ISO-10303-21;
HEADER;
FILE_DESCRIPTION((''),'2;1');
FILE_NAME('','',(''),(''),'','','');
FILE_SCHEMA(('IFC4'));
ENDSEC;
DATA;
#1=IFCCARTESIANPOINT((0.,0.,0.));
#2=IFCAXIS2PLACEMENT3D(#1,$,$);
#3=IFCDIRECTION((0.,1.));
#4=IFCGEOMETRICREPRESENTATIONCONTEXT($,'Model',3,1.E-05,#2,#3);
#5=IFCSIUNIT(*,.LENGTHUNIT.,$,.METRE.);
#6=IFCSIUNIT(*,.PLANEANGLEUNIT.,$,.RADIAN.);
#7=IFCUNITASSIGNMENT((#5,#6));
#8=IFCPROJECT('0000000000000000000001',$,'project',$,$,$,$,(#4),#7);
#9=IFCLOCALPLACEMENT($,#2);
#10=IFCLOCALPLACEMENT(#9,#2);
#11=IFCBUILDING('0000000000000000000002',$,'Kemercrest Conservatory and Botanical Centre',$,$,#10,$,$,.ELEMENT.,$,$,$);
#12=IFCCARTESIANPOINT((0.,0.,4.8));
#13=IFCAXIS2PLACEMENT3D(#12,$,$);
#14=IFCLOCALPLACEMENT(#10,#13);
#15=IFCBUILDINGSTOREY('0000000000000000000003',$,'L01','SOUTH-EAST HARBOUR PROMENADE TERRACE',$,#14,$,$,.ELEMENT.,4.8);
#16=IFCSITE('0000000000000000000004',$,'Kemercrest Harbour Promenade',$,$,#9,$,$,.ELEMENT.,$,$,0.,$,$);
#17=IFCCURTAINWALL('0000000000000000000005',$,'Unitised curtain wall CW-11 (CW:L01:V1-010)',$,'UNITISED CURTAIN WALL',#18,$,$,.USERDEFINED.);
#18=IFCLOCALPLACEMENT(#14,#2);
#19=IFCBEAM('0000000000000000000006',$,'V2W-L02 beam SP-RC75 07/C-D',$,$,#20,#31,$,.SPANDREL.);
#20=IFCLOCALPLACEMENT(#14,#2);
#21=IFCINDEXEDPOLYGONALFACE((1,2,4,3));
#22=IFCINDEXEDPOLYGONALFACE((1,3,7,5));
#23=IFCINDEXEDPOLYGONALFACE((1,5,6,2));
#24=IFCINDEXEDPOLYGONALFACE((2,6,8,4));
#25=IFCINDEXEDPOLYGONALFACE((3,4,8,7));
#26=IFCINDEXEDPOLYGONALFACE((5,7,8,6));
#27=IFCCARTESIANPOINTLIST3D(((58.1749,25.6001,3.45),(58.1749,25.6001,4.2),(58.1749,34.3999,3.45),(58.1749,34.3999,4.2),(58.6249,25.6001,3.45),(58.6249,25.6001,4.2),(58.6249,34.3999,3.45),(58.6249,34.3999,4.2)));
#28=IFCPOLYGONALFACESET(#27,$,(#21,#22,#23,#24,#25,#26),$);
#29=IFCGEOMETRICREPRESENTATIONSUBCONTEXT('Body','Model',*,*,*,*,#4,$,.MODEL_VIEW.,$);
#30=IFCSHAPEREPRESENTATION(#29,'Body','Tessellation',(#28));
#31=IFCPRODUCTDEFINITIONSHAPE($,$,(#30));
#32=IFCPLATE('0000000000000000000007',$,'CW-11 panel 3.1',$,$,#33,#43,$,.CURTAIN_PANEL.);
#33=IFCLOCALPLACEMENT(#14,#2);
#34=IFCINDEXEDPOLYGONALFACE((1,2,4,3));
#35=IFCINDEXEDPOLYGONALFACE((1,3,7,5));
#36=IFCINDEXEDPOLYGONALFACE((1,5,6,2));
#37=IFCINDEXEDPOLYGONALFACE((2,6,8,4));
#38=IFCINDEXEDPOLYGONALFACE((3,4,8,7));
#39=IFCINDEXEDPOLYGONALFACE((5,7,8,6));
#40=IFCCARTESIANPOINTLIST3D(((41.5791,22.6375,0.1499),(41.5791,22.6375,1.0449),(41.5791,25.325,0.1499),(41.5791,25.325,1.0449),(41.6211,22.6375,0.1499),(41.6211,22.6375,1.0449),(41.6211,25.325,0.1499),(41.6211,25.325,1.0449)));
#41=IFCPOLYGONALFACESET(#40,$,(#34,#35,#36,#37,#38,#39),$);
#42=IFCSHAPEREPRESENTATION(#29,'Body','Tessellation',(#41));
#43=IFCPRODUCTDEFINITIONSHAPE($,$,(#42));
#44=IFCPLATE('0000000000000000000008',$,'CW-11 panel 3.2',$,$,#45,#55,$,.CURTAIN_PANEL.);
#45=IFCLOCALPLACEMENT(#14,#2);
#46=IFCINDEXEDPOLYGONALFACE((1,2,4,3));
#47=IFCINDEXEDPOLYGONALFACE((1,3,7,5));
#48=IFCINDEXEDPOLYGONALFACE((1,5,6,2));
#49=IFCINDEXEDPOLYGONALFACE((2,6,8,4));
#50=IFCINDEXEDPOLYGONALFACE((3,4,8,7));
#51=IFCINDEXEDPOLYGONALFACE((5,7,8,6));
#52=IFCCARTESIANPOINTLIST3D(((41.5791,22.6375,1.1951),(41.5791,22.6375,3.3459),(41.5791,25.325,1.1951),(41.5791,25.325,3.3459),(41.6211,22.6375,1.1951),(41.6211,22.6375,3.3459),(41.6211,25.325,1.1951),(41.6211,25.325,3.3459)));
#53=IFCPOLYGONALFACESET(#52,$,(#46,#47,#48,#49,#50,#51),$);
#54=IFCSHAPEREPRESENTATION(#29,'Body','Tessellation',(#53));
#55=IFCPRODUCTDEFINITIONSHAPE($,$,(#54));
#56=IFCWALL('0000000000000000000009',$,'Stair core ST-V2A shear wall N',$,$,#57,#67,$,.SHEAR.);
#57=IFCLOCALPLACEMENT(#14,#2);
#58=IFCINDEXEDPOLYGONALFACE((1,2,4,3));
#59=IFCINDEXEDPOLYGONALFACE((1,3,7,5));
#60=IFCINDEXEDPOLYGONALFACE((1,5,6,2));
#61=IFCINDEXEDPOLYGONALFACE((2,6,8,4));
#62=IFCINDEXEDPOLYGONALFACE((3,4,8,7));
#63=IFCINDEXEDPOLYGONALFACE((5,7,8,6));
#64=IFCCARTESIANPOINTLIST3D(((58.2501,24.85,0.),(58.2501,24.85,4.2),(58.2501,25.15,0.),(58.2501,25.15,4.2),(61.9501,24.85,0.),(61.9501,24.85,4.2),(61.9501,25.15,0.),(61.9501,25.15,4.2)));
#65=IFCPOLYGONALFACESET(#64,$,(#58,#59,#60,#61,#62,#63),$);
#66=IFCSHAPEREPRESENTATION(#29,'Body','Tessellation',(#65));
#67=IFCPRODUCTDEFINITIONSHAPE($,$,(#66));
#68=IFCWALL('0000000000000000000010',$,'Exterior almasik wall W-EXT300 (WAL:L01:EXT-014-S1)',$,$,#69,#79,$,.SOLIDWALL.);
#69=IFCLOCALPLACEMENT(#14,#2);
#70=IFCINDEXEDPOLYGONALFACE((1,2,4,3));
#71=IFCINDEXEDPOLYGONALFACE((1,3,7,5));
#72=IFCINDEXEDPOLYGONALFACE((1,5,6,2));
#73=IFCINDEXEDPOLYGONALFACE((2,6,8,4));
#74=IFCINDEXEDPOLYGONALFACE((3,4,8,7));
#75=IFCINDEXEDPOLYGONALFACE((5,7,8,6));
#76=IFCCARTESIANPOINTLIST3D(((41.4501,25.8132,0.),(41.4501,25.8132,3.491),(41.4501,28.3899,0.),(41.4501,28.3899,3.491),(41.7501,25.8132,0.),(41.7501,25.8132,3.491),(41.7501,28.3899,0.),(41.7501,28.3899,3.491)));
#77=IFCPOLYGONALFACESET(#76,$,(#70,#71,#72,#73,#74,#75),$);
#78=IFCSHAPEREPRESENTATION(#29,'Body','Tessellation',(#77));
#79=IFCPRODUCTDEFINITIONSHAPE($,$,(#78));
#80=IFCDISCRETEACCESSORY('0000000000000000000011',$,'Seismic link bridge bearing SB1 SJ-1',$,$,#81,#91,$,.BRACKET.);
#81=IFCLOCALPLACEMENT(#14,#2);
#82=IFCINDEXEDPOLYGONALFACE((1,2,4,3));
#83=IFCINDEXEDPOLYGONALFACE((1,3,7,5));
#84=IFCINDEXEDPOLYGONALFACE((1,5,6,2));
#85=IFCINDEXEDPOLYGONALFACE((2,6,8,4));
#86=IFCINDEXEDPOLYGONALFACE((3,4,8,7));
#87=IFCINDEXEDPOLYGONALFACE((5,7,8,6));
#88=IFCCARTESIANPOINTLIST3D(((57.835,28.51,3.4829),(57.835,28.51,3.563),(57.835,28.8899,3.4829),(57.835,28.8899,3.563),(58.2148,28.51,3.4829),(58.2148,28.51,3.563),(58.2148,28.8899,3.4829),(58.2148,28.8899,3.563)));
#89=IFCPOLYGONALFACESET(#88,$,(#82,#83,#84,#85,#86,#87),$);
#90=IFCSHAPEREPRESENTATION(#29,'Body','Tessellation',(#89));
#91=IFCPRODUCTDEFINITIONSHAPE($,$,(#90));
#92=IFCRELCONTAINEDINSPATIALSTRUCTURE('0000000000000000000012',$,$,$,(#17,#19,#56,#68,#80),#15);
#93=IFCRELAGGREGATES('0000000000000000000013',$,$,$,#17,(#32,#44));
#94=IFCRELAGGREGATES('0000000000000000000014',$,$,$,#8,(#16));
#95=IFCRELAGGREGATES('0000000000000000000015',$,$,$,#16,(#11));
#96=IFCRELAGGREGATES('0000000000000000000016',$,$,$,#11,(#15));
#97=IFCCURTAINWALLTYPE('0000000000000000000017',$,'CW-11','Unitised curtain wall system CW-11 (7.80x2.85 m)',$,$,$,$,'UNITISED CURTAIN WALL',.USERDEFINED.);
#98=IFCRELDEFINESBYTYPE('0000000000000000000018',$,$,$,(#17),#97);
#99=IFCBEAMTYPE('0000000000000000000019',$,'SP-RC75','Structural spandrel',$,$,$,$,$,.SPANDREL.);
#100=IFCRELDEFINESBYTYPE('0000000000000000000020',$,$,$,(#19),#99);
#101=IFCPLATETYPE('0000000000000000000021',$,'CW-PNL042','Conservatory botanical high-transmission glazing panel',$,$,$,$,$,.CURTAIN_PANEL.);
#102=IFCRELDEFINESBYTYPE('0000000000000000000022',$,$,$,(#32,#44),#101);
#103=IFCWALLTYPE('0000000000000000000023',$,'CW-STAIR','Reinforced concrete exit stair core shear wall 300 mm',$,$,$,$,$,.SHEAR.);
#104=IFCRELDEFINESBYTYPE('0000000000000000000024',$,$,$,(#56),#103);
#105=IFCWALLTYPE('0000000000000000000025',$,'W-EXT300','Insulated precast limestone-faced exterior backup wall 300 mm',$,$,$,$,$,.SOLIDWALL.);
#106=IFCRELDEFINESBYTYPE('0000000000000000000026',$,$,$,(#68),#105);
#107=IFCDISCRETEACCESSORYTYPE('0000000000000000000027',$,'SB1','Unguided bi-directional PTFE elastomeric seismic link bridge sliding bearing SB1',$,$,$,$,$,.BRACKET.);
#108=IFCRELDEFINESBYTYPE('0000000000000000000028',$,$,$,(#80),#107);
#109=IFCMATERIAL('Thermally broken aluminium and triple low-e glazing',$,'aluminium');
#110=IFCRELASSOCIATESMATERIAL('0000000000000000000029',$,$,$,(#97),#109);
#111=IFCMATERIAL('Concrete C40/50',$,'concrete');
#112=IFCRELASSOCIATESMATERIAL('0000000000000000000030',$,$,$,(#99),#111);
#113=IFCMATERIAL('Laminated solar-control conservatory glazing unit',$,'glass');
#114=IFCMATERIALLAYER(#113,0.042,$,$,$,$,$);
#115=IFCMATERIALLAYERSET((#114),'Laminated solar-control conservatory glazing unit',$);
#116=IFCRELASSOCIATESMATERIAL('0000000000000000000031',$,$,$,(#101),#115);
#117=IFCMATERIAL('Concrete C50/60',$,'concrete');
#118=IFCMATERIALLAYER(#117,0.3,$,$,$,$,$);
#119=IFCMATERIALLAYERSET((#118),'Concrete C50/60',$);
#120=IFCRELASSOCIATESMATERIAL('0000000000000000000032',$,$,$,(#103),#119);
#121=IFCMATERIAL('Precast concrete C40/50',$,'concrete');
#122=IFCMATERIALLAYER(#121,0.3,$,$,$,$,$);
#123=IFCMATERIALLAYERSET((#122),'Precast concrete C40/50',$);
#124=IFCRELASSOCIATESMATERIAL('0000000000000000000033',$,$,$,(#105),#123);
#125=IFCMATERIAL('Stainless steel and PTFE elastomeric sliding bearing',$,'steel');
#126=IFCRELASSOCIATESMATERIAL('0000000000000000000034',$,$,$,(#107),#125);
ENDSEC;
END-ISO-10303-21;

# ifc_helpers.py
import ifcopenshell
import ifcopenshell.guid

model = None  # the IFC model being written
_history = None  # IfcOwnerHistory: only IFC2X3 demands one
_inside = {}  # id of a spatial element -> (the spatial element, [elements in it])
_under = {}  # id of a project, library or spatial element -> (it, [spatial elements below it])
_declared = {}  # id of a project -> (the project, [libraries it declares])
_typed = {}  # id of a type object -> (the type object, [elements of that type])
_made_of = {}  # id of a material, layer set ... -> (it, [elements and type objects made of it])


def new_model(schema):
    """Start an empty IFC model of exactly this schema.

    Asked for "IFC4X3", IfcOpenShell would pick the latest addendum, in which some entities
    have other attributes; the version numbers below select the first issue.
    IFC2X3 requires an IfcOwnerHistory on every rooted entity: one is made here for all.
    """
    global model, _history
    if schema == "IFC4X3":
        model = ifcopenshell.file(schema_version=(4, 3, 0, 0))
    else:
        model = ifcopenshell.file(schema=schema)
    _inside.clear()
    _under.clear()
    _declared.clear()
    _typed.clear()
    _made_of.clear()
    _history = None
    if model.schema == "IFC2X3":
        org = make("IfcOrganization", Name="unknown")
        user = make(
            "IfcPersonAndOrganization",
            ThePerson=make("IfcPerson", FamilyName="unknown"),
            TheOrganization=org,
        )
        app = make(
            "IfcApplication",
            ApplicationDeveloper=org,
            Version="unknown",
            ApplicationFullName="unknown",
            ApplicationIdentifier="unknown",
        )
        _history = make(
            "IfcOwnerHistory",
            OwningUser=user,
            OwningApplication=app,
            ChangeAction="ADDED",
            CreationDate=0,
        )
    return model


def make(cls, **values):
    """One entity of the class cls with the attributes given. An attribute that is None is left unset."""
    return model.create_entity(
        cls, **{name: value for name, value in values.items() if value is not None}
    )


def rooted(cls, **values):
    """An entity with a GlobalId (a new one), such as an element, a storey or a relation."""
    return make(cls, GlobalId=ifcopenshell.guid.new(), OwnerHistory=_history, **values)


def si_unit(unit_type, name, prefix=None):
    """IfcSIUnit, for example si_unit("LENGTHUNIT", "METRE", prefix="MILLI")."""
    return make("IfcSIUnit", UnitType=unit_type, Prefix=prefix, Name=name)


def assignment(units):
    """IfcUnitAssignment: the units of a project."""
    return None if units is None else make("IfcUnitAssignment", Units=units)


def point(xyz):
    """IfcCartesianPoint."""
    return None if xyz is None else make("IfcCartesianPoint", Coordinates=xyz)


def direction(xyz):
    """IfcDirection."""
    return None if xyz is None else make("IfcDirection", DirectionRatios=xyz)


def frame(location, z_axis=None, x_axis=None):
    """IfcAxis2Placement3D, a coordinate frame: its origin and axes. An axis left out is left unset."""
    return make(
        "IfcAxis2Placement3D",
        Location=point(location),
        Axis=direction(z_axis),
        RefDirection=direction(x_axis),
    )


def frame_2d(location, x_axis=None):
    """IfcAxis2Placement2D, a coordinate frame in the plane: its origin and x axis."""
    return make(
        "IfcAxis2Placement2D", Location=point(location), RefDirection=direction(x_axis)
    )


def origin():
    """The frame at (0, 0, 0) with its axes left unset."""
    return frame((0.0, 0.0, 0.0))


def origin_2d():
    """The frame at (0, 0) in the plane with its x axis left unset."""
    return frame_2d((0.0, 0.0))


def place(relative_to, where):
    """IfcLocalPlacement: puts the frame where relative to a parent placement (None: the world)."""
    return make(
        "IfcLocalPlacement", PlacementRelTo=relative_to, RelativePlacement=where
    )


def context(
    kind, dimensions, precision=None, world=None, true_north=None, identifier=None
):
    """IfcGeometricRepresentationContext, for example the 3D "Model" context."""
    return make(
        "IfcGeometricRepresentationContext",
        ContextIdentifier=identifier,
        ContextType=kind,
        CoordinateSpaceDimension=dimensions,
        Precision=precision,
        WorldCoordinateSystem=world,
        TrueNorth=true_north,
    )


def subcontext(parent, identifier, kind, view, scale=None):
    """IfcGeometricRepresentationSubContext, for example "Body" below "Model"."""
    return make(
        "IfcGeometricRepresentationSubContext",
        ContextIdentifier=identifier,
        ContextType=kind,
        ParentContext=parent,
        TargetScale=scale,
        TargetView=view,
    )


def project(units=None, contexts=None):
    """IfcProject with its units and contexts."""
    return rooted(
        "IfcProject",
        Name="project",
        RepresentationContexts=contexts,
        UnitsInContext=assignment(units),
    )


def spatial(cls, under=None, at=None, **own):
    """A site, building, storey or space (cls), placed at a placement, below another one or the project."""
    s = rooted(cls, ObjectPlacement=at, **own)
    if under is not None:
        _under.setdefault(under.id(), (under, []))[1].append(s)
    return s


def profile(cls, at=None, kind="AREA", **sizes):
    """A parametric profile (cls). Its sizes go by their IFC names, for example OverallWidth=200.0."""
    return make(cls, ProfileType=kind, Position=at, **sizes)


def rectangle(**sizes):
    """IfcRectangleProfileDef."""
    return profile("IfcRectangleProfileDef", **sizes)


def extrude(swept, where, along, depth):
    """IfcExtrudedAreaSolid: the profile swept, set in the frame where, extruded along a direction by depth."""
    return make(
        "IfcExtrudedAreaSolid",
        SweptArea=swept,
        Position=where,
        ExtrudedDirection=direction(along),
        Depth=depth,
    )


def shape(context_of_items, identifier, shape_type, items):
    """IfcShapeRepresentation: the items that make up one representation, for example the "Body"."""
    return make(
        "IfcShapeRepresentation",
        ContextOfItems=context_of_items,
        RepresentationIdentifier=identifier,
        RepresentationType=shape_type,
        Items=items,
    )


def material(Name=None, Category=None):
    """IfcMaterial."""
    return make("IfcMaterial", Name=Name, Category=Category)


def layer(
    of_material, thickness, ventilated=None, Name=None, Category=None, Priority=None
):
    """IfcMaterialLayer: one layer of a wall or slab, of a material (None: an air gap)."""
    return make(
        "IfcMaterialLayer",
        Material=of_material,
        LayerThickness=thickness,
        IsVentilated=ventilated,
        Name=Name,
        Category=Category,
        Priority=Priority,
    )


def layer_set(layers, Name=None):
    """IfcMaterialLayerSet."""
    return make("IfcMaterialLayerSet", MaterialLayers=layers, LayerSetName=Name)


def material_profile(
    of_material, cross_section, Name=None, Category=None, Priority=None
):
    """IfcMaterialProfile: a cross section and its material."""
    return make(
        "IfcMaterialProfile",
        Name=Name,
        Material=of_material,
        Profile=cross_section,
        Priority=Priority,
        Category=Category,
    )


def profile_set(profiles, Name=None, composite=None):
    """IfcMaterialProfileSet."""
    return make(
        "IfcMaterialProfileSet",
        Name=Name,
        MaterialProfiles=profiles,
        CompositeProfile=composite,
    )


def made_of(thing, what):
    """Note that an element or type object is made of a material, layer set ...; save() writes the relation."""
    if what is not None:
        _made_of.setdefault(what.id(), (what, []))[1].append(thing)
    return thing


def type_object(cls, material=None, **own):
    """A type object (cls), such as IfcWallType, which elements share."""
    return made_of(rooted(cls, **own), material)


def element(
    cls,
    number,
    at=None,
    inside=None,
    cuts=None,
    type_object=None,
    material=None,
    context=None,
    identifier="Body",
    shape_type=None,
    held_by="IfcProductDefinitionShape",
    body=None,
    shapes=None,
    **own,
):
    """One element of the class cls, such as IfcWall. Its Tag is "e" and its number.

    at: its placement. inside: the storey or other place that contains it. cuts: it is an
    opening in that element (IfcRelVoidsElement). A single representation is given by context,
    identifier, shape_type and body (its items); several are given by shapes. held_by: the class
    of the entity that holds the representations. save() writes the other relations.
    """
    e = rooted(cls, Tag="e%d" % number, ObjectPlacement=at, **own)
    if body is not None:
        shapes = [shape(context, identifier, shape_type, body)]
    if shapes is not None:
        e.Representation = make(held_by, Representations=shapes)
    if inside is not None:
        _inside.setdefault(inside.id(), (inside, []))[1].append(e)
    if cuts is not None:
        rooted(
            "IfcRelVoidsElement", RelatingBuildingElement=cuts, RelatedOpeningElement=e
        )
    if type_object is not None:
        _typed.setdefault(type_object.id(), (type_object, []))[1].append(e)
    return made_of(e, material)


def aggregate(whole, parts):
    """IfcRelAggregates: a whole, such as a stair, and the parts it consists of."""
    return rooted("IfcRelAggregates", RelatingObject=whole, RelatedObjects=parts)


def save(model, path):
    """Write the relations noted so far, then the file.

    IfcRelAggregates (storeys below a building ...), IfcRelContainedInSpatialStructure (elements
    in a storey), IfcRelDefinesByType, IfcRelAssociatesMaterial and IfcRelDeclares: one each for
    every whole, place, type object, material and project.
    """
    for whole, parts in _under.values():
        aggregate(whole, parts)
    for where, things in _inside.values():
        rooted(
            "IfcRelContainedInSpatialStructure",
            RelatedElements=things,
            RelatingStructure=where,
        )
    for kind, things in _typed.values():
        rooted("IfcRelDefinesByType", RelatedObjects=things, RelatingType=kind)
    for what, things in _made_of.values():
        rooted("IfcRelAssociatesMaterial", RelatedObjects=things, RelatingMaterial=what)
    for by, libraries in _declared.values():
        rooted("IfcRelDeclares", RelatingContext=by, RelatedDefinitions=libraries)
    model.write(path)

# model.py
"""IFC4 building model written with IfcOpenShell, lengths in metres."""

from ifc_helpers import new_model, si_unit, direction, frame, frame_2d, origin, origin_2d, place, context, subcontext, project, spatial, rectangle, extrude, material, layer, layer_set, material_profile, profile_set, type_object, element, aggregate, save


model = new_model("IFC4")

# Units and contexts
model_context = context("Model", 3, precision=1e-05, world=origin(), true_north=direction((0.0, 1.0)))
body_context = subcontext(model_context, "Body", "Model", "MODEL_VIEW")
ifc_project = project(units=[si_unit("LENGTHUNIT", "METRE"), si_unit("PLANEANGLEUNIT", "RADIAN")], contexts=[model_context])

# Site, building, storey
site_placement = place(None, origin())
site = spatial("IfcSite", under=ifc_project, at=site_placement, Name="Kemercrest Harbour Promenade", CompositionType="ELEMENT", RefElevation=0.0)
building_placement = place(site_placement, origin())
building = spatial("IfcBuilding", under=site, at=building_placement, Name="Kemercrest Conservatory and Botanical Centre", CompositionType="ELEMENT")
storey_placement = place(building_placement, frame((0.0, 0.0, 4.8)))
storey = spatial("IfcBuildingStorey", under=building, at=storey_placement, Name="L01", Description="SOUTH-EAST HARBOUR PROMENADE TERRACE", CompositionType="ELEMENT", Elevation=4.8)

# Shared definitions
ifc_material_1 = material(Name="Concrete C40/50", Category="concrete")

# Curtain wall
ifc_material_2 = material(Name="Thermally broken aluminium and triple low-e glazing", Category="aluminium")
curtain_wall_type = type_object("IfcCurtainWallType", Name="CW-11", Description="Unitised curtain wall system CW-11 (7.80x2.85 m)", ElementType="UNITISED CURTAIN WALL", PredefinedType="USERDEFINED", material=ifc_material_2)
curtain_wall_placement = place(storey_placement, origin())
curtain_wall = element("IfcCurtainWall", 1, at=curtain_wall_placement, inside=storey, type_object=curtain_wall_type, Name="Unitised curtain wall CW-11 (CW:L01:V1-010)", ObjectType="UNITISED CURTAIN WALL", PredefinedType="USERDEFINED")

# Beam
ifc_material_profile_1 = material_profile(ifc_material_1, rectangle(XDim=0.45, YDim=0.75, at=origin_2d()), Name="RC 450x750")
ifc_profile_set_1 = profile_set([ifc_material_profile_1], Name="Concrete C40/50")
beam_type_1 = type_object("IfcBeamType", Name="SP-RC75", Description="Structural spandrel", PredefinedType="SPANDREL", material=ifc_profile_set_1)
beam_1_placement = place(storey_placement, frame((58.3999, 25.6001, 3.825), z_axis=(0.0, 1.0, 0.0), x_axis=(-1.0, 0.0, 0.0)))
element("IfcBeam", 2, at=beam_1_placement, inside=storey, type_object=beam_type_1, Name="V2W-L02 beam SP-RC75 07/C-D", PredefinedType="SPANDREL", context=body_context, shape_type="SweptSolid", body=[
    extrude(rectangle(XDim=0.45, YDim=0.75, at=origin_2d()), origin(), (0.0, 0.0, 1.0), 8.7998),
])

# Plates
ifc_material_3 = material(Name="Laminated solar-control conservatory glazing unit", Category="glass")
ifc_layer_1 = layer(ifc_material_3, 0.042)
ifc_layer_set_1 = layer_set([ifc_layer_1], Name="Laminated solar-control conservatory glazing unit")
plate_type = type_object("IfcPlateType", Name="CW-PNL042", Description="Conservatory botanical high-transmission glazing panel", PredefinedType="CURTAIN_PANEL", material=ifc_layer_set_1)
plate_1_placement = place(storey_placement, frame((41.6001, 23.9812, 0.1499), z_axis=(0.0, 0.0, 1.0), x_axis=(0.0, 1.0, 0.0)))
plate_1 = element("IfcPlate", 3, at=plate_1_placement, type_object=plate_type, Name="CW-11 panel 3.1", PredefinedType="CURTAIN_PANEL", context=body_context, shape_type="SweptSolid", body=[
    extrude(rectangle(XDim=2.6875, YDim=0.042, at=origin_2d()), origin(), (0.0, 0.0, 1.0), 0.895),
])
plate_2_placement = place(storey_placement, frame((41.6001, 23.9812, 1.1951), z_axis=(0.0, 0.0, 1.0), x_axis=(0.0, 1.0, 0.0)))
plate_2 = element("IfcPlate", 4, at=plate_2_placement, type_object=plate_type, Name="CW-11 panel 3.2", PredefinedType="CURTAIN_PANEL", context=body_context, shape_type="SweptSolid", body=[
    extrude(rectangle(XDim=2.6875, YDim=0.042, at=origin_2d()), origin(), (0.0, 0.0, 1.0), 2.1509),
])
aggregate(curtain_wall, [plate_1, plate_2])

# Walls
ifc_material_4 = material(Name="Concrete C50/60", Category="concrete")
ifc_layer_2 = layer(ifc_material_4, 0.3)
ifc_layer_set_2 = layer_set([ifc_layer_2], Name="Concrete C50/60")
wall_type_1 = type_object("IfcWallType", Name="CW-STAIR", Description="Reinforced concrete exit stair core shear wall 300 mm", PredefinedType="SHEAR", material=ifc_layer_set_2)
wall_1_placement = place(storey_placement, frame((58.25, 25.0, 0.0), z_axis=(0.0, 0.0, 1.0), x_axis=(1.0, 0.0, 0.0)))
element("IfcWall", 5, at=wall_1_placement, inside=storey, type_object=wall_type_1, Name="Stair core ST-V2A shear wall N", PredefinedType="SHEAR", context=body_context, shape_type="SweptSolid", body=[
    extrude(rectangle(XDim=3.7, YDim=0.3, at=frame_2d((1.8501, 0.0))), origin(), (0.0, 0.0, 1.0), 4.2),
])
ifc_material_5 = material(Name="Precast concrete C40/50", Category="concrete")
ifc_layer_3 = layer(ifc_material_5, 0.3)
ifc_layer_set_3 = layer_set([ifc_layer_3], Name="Precast concrete C40/50")
wall_type_2 = type_object("IfcWallType", Name="W-EXT300", Description="Insulated precast limestone-faced exterior backup wall 300 mm", PredefinedType="SOLIDWALL", material=ifc_layer_set_3)
wall_2_placement = place(storey_placement, frame((41.6001, 25.8132, 0.0), z_axis=(0.0, 0.0, 1.0), x_axis=(0.0, 1.0, 0.0)))
element("IfcWall", 6, at=wall_2_placement, inside=storey, type_object=wall_type_2, Name="Exterior almasik wall W-EXT300 (WAL:L01:EXT-014-S1)", PredefinedType="SOLIDWALL", context=body_context, shape_type="SweptSolid", body=[
    extrude(rectangle(XDim=2.5767, YDim=0.3, at=frame_2d((1.2883, 0.0))), origin(), (0.0, 0.0, 1.0), 3.491),
])

# Discrete accessory
ifc_material_6 = material(Name="Stainless steel and PTFE elastomeric sliding bearing", Category="steel")
discrete_accessory_type = type_object("IfcDiscreteAccessoryType", Name="SB1", Description="Unguided bi-directional PTFE elastomeric seismic link bridge sliding bearing SB1", PredefinedType="BRACKET", material=ifc_material_6)
discrete_accessory_placement = place(storey_placement, frame((58.0249, 28.7, 3.4829), z_axis=(0.0, 0.0, 1.0), x_axis=(1.0, 0.0, 0.0)))
element("IfcDiscreteAccessory", 7, at=discrete_accessory_placement, inside=storey, type_object=discrete_accessory_type, Name="Seismic link bridge bearing SB1 SJ-1", PredefinedType="BRACKET", context=body_context, shape_type="SweptSolid", body=[
    extrude(rectangle(XDim=0.3799, YDim=0.3799, at=origin_2d()), origin(), (0.0, 0.0, 1.0), 0.0801),
])

save(model, "model.ifc")
